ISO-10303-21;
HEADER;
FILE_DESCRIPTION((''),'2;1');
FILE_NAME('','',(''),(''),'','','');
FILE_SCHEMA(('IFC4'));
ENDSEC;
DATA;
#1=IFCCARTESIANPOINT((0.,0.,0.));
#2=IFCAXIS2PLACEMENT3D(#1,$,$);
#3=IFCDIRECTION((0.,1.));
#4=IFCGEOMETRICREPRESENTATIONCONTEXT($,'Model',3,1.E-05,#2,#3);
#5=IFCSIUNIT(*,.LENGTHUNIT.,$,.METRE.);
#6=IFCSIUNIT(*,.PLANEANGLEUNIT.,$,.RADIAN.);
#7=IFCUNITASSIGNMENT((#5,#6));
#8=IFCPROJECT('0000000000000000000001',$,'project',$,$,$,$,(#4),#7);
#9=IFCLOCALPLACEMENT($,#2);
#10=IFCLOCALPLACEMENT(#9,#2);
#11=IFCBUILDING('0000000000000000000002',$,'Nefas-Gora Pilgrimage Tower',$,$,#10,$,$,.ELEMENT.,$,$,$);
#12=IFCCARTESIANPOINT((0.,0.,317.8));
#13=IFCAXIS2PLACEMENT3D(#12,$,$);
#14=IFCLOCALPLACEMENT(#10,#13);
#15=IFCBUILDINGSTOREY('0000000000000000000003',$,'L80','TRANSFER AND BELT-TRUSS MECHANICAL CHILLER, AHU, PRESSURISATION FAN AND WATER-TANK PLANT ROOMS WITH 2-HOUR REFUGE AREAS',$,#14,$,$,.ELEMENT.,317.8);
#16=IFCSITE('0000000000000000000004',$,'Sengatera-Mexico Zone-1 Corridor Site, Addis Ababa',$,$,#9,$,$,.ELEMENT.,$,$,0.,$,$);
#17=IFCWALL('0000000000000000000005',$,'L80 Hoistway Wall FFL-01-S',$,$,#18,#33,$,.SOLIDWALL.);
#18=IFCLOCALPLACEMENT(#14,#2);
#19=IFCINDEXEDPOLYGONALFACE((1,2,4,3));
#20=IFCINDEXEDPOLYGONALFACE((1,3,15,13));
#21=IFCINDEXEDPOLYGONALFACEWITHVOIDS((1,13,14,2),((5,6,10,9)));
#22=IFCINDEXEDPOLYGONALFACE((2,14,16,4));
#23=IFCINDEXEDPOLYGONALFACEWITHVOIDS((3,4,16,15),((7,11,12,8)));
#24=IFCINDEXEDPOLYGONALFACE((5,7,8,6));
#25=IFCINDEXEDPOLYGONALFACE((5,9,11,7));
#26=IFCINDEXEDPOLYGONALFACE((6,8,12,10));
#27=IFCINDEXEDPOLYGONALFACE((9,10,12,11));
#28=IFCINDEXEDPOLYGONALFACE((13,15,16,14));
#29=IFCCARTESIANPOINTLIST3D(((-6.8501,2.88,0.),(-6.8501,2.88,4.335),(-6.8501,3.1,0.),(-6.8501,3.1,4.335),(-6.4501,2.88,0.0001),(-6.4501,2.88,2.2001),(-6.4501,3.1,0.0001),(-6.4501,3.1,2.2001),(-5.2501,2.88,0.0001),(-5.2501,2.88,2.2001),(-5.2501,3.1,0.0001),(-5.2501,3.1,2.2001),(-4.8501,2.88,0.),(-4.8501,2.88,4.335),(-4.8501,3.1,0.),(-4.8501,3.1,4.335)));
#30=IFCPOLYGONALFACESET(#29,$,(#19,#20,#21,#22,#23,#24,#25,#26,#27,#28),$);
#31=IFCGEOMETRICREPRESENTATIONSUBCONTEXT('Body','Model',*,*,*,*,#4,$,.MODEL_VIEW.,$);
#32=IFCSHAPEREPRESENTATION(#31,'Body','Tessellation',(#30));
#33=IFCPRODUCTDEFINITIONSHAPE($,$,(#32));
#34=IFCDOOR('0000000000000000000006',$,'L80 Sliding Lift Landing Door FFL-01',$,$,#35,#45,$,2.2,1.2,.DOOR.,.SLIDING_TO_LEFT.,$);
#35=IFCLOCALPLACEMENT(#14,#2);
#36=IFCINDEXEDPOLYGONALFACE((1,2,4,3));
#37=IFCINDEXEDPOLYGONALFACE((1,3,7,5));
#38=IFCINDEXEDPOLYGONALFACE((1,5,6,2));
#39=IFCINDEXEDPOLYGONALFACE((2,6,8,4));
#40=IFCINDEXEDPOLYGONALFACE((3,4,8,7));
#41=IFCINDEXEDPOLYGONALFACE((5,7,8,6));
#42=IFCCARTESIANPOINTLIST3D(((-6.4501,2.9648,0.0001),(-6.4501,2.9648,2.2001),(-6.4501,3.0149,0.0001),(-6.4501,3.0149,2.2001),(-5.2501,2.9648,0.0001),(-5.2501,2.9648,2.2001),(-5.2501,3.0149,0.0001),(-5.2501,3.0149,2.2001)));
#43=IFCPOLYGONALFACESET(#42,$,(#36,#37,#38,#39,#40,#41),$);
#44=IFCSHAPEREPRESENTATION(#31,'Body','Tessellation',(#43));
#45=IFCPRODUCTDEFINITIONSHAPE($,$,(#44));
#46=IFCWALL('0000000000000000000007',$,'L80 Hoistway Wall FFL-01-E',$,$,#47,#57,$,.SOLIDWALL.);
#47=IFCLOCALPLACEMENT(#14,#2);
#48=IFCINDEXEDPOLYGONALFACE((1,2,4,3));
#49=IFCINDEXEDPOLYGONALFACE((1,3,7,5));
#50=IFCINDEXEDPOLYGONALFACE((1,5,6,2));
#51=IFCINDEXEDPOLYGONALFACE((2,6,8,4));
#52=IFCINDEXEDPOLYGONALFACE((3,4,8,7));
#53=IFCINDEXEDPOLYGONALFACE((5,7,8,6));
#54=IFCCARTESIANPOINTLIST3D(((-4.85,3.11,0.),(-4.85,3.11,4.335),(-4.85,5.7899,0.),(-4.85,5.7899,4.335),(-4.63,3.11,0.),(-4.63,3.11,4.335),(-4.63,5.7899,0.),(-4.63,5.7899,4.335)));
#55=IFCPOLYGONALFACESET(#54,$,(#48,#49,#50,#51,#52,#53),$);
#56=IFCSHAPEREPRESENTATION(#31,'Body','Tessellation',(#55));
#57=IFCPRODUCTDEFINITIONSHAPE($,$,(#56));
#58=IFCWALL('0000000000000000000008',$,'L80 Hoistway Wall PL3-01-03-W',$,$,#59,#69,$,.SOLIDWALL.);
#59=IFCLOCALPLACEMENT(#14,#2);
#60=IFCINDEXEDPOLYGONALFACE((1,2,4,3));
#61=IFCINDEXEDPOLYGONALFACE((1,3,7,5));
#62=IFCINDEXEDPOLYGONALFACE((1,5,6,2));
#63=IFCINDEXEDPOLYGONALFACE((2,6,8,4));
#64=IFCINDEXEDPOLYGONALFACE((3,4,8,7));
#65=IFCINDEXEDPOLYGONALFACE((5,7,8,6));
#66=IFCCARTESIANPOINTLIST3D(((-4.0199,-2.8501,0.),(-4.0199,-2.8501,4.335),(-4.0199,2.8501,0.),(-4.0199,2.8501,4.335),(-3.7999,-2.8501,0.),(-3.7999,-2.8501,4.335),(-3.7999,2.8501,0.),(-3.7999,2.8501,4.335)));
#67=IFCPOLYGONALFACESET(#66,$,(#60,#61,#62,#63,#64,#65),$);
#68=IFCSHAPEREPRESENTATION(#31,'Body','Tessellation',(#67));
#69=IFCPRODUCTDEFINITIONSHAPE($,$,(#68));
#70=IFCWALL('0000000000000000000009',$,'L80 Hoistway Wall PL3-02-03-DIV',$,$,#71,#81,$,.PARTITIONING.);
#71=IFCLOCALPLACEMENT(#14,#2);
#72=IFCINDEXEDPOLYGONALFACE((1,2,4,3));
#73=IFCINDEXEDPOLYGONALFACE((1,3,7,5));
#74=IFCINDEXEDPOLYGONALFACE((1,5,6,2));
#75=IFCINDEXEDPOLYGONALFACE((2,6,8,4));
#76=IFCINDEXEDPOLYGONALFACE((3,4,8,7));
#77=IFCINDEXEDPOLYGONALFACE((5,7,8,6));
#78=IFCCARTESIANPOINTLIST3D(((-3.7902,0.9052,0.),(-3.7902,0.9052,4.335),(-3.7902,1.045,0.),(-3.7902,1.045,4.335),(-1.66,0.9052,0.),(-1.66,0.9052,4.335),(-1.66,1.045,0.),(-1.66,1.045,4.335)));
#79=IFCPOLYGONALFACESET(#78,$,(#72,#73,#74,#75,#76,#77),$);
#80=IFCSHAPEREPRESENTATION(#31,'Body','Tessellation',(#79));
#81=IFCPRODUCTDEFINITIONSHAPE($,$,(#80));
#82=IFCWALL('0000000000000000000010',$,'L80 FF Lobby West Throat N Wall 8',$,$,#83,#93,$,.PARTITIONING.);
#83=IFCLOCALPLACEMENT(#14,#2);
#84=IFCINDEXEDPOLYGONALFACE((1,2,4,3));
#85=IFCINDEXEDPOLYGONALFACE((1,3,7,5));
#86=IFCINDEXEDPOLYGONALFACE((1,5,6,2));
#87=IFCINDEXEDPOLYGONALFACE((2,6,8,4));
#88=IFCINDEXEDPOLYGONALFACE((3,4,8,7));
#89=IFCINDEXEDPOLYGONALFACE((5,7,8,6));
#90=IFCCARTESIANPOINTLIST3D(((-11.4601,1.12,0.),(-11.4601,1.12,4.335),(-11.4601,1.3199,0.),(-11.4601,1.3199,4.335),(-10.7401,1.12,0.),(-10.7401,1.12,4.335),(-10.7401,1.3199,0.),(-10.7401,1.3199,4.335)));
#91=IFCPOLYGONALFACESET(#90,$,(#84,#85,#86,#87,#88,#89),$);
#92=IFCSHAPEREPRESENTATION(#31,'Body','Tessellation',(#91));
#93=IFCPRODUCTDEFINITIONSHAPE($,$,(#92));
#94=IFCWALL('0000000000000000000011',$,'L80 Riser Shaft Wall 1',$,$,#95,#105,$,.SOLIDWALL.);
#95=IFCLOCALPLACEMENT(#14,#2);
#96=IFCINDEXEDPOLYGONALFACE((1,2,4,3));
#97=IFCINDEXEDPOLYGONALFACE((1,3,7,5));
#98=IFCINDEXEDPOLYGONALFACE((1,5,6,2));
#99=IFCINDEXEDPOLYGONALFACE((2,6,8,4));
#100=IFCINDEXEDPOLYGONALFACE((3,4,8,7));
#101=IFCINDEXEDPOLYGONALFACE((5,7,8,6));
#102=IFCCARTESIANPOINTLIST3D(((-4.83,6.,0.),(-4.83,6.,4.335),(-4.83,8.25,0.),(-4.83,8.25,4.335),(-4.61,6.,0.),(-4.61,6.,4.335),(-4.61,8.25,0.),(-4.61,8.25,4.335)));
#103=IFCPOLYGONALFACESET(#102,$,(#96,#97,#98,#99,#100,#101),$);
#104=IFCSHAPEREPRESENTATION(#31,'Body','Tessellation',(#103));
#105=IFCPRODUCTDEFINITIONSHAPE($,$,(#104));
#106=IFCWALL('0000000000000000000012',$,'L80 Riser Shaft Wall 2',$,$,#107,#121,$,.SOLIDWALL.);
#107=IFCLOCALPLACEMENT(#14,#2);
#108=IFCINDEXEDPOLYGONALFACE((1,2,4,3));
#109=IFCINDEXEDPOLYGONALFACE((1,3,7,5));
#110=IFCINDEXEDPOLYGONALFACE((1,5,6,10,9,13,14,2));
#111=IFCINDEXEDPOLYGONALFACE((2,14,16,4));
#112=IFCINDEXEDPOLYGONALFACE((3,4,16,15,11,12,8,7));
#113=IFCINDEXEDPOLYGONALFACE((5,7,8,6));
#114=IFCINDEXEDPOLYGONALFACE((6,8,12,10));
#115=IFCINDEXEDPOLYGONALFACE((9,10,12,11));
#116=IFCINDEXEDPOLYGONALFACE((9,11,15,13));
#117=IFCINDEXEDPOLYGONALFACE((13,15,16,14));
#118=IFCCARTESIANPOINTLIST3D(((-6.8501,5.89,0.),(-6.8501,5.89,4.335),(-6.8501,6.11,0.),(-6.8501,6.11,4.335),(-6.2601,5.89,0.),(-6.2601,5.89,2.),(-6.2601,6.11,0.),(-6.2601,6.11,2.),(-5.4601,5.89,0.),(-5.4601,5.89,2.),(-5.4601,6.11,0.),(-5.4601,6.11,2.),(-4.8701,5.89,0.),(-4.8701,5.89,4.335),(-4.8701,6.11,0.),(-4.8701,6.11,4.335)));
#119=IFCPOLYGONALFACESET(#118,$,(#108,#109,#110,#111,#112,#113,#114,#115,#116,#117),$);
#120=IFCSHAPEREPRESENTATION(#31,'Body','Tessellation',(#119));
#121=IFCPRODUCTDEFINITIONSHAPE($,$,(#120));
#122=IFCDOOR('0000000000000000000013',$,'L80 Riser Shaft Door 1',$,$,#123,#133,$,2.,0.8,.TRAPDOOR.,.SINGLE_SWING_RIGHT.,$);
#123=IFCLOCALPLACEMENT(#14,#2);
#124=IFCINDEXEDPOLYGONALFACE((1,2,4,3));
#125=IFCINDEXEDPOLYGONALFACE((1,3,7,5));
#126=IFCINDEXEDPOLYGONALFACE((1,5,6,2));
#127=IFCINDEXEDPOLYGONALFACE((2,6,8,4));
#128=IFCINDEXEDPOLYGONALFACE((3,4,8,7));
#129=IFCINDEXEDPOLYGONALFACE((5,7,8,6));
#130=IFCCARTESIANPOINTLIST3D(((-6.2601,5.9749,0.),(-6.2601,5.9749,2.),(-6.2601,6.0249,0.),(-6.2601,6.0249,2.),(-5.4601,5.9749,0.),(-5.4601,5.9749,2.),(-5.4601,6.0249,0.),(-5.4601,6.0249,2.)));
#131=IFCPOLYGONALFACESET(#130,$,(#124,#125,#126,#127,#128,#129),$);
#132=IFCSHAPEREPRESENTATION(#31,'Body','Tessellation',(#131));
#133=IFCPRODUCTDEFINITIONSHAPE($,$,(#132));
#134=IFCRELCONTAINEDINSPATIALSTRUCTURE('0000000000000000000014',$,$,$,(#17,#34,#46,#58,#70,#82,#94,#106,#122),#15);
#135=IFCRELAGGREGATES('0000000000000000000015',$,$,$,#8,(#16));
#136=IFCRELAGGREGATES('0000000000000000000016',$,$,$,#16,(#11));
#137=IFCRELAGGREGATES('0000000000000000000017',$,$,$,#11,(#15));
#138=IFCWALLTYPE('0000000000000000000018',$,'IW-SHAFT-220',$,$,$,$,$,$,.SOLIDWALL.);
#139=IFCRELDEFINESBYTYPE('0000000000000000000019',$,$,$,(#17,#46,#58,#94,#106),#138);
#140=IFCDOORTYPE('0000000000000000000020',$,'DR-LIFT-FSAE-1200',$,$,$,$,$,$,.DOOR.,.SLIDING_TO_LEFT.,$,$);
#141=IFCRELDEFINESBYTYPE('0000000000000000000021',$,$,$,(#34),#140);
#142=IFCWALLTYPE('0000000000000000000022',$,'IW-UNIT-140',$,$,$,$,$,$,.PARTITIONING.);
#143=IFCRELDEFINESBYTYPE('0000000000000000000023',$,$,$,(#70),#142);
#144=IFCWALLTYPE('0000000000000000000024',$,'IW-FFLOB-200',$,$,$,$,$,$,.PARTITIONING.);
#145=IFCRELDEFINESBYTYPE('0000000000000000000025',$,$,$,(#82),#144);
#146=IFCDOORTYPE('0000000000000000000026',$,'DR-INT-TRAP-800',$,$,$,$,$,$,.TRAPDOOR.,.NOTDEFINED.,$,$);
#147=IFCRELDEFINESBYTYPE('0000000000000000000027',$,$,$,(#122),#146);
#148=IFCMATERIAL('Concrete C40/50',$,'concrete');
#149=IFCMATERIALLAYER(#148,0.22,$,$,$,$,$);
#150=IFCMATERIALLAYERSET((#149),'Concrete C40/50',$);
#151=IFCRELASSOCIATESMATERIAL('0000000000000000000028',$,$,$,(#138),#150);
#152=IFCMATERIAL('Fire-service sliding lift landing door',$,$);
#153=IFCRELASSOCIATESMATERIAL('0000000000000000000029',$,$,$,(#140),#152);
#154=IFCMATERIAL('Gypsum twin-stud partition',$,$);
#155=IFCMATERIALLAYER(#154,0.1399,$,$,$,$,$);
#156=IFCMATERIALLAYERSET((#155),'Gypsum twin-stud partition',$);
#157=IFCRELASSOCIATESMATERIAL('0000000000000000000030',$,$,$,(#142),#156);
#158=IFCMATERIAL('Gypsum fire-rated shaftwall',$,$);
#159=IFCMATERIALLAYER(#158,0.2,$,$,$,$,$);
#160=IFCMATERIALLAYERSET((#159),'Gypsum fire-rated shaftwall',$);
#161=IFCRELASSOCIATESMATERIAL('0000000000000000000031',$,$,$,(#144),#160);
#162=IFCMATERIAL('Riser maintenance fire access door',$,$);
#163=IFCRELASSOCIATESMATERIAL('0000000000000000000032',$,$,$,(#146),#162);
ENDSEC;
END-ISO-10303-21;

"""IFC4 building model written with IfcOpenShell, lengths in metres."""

from ifc_helpers import new_model, si_unit, direction, frame, frame_2d, origin, place, context, subcontext, project, spatial, rectangle, extrude, source, transform, mapped, material, layer, layer_set, type_object, element, fill, save


model = new_model("IFC4")

# Units and contexts
model_context = context("Model", 3, precision=1e-05, world=origin(), true_north=direction((0.0, 1.0)))
body_context = subcontext(model_context, "Body", "Model", "MODEL_VIEW")
ifc_project = project(units=[si_unit("LENGTHUNIT", "METRE"), si_unit("PLANEANGLEUNIT", "RADIAN")], contexts=[model_context])

# Site, building, storey
site_placement = place(None, origin())
site = spatial("IfcSite", under=ifc_project, at=site_placement, Name="Sengatera-Mexico Zone-1 Corridor Site, Addis Ababa", CompositionType="ELEMENT", RefElevation=0.0)
building_placement = place(site_placement, origin())
building = spatial("IfcBuilding", under=site, at=building_placement, Name="Nefas-Gora Pilgrimage Tower", CompositionType="ELEMENT")
storey_placement = place(building_placement, frame((0.0, 0.0, 317.8)))
storey = spatial("IfcBuildingStorey", under=building, at=storey_placement, Name="L80", Description="TRANSFER AND BELT-TRUSS MECHANICAL CHILLER, AHU, PRESSURISATION FAN AND WATER-TANK PLANT ROOMS WITH 2-HOUR REFUGE AREAS", CompositionType="ELEMENT", Elevation=317.8)

# Wall, opening, door
ifc_material_1 = material(Name="Concrete C40/50", Category="concrete")
ifc_layer_1 = layer(ifc_material_1, 0.22)
ifc_layer_set_1 = layer_set([ifc_layer_1], Name="Concrete C40/50")
wall_type_1 = type_object("IfcWallType", Name="IW-SHAFT-220", PredefinedType="SOLIDWALL", material=ifc_layer_set_1)
shared_shape_1 = source(origin(), body_context, "Body", "SweptSolid", [
    extrude(rectangle(XDim=2.0, YDim=0.22, at=frame_2d((1.0, 0.0))), origin(), (0.0, 0.0, 1.0), 4.335),
])
wall_1_placement = place(storey_placement, frame((-6.8501, 2.99, 0.0), z_axis=(0.0, 0.0, 1.0), x_axis=(1.0, 0.0, 0.0)))
wall_1 = element("IfcWall", 1, at=wall_1_placement, inside=storey, type_object=wall_type_1, Name="L80 Hoistway Wall FFL-01-S", PredefinedType="SOLIDWALL", context=body_context, shape_type="MappedRepresentation", body=[
    mapped(shared_shape_1, transform((0.0, 0.0, 0.0), x_axis=(1.0, 0.0, 0.0), y_axis=(0.0, 1.0, 0.0), z_axis=(0.0, 0.0, 1.0), scale=1.0)),
])
opening_1_placement = place(wall_1_placement, frame((0.3999, 0.0, 0.0)))
opening_1 = element("IfcOpeningElement", 2, at=opening_1_placement, cuts=wall_1, PredefinedType="OPENING", context=body_context, shape_type="SweptSolid", body=[
    extrude(rectangle(XDim=1.2, YDim=2.2, at=frame_2d((0.6001, 1.1001))), frame((0.0, 0.1199, 0.0), z_axis=(0.0, -1.0, 0.0), x_axis=(1.0, 0.0, 0.0)), (0.0, 0.0, 1.0), 0.24),
])
ifc_material_2 = material(Name="Fire-service sliding lift landing door")
door_type_1 = type_object("IfcDoorType", Name="DR-LIFT-FSAE-1200", OperationType="SLIDING_TO_LEFT", PredefinedType="DOOR", material=ifc_material_2)
shared_shape_2 = source(origin(), body_context, "Body", "SweptSolid", [
    extrude(rectangle(XDim=1.2, YDim=2.2, at=frame_2d((0.6001, 1.1001))), frame((0.0, 0.0249, 0.0), z_axis=(0.0, -1.0, 0.0), x_axis=(1.0, 0.0, 0.0)), (0.0, 0.0, 1.0), 0.05),
])
door_1_placement = place(opening_1_placement, origin())
door_1 = element("IfcDoor", 3, at=door_1_placement, inside=storey, type_object=door_type_1, Name="L80 Sliding Lift Landing Door FFL-01", OperationType="SLIDING_TO_LEFT", OverallHeight=2.2, OverallWidth=1.2, PredefinedType="DOOR", context=body_context, shape_type="MappedRepresentation", body=[
    mapped(shared_shape_2, transform((0.0, 0.0, 0.0), x_axis=(1.0, 0.0, 0.0), y_axis=(0.0, 1.0, 0.0), z_axis=(0.0, 0.0, 1.0), scale=1.0)),
])
fill(opening_1, door_1)

# Walls
shared_shape_3 = source(origin(), body_context, "Body", "SweptSolid", [
    extrude(rectangle(XDim=2.6799, YDim=0.22, at=frame_2d((1.3398, 0.0))), origin(), (0.0, 0.0, 1.0), 4.335),
])
wall_2_placement = place(storey_placement, frame((-4.74, 3.1101, 0.0), z_axis=(0.0, 0.0, 1.0), x_axis=(0.0, 1.0, 0.0)))
element("IfcWall", 4, at=wall_2_placement, inside=storey, type_object=wall_type_1, Name="L80 Hoistway Wall FFL-01-E", PredefinedType="SOLIDWALL", context=body_context, shape_type="MappedRepresentation", body=[
    mapped(shared_shape_3, transform((0.0, 0.0, 0.0), x_axis=(1.0, 0.0, 0.0), y_axis=(0.0, 1.0, 0.0), z_axis=(0.0, 0.0, 1.0), scale=1.0)),
])
shared_shape_4 = source(origin(), body_context, "Body", "SweptSolid", [
    extrude(rectangle(XDim=5.7002, YDim=0.22, at=frame_2d((2.8501, 0.0))), origin(), (0.0, 0.0, 1.0), 4.335),
])
wall_3_placement = place(storey_placement, frame((-3.9099, 2.8501, 0.0), z_axis=(0.0, 0.0, 1.0), x_axis=(0.0, -1.0, 0.0)))
element("IfcWall", 5, at=wall_3_placement, inside=storey, type_object=wall_type_1, Name="L80 Hoistway Wall PL3-01-03-W", PredefinedType="SOLIDWALL", context=body_context, shape_type="MappedRepresentation", body=[
    mapped(shared_shape_4, transform((0.0, 0.0, 0.0), x_axis=(1.0, 0.0, 0.0), y_axis=(0.0, 1.0, 0.0), z_axis=(0.0, 0.0, 1.0), scale=1.0)),
])
ifc_material_3 = material(Name="Gypsum twin-stud partition")
ifc_layer_2 = layer(ifc_material_3, 0.1399)
ifc_layer_set_2 = layer_set([ifc_layer_2], Name="Gypsum twin-stud partition")
wall_type_2 = type_object("IfcWallType", Name="IW-UNIT-140", PredefinedType="PARTITIONING", material=ifc_layer_set_2)
shared_shape_5 = source(origin(), body_context, "Body", "SweptSolid", [
    extrude(rectangle(XDim=2.1301, YDim=0.1399, at=frame_2d((1.0649, 0.0))), origin(), (0.0, 0.0, 1.0), 4.335),
])
wall_4_placement = place(storey_placement, frame((-3.79, 0.9751, 0.0), z_axis=(0.0, 0.0, 1.0), x_axis=(1.0, 0.0, 0.0)))
element("IfcWall", 6, at=wall_4_placement, inside=storey, type_object=wall_type_2, Name="L80 Hoistway Wall PL3-02-03-DIV", PredefinedType="PARTITIONING", context=body_context, shape_type="MappedRepresentation", body=[
    mapped(shared_shape_5, transform((0.0, 0.0, 0.0), x_axis=(1.0, 0.0, 0.0), y_axis=(0.0, 1.0, 0.0), z_axis=(0.0, 0.0, 1.0), scale=1.0)),
])
ifc_material_4 = material(Name="Gypsum fire-rated shaftwall")
ifc_layer_3 = layer(ifc_material_4, 0.2)
ifc_layer_set_3 = layer_set([ifc_layer_3], Name="Gypsum fire-rated shaftwall")
wall_type_3 = type_object("IfcWallType", Name="IW-FFLOB-200", PredefinedType="PARTITIONING", material=ifc_layer_set_3)
shared_shape_6 = source(origin(), body_context, "Body", "SweptSolid", [
    extrude(rectangle(XDim=0.72, YDim=0.2, at=frame_2d((0.3599, 0.0))), origin(), (0.0, 0.0, 1.0), 4.335),
])
wall_5_placement = place(storey_placement, frame((-11.46, 1.22, 0.0), z_axis=(0.0, 0.0, 1.0), x_axis=(1.0, 0.0, 0.0)))
element("IfcWall", 7, at=wall_5_placement, inside=storey, type_object=wall_type_3, Name="L80 FF Lobby West Throat N Wall 8", PredefinedType="PARTITIONING", context=body_context, shape_type="MappedRepresentation", body=[
    mapped(shared_shape_6, transform((0.0, 0.0, 0.0), x_axis=(1.0, 0.0, 0.0), y_axis=(0.0, 1.0, 0.0), z_axis=(0.0, 0.0, 1.0), scale=1.0)),
])
shared_shape_7 = source(origin(), body_context, "Body", "SweptSolid", [
    extrude(rectangle(XDim=2.25, YDim=0.22, at=frame_2d((1.125, 0.0))), origin(), (0.0, 0.0, 1.0), 4.335),
])
wall_6_placement = place(storey_placement, frame((-4.72, 6.0, 0.0), z_axis=(0.0, 0.0, 1.0), x_axis=(0.0, 1.0, 0.0)))
element("IfcWall", 8, at=wall_6_placement, inside=storey, type_object=wall_type_1, Name="L80 Riser Shaft Wall 1", PredefinedType="SOLIDWALL", context=body_context, shape_type="MappedRepresentation", body=[
    mapped(shared_shape_7, transform((0.0, 0.0, 0.0), x_axis=(1.0, 0.0, 0.0), y_axis=(0.0, 1.0, 0.0), z_axis=(0.0, 0.0, 1.0), scale=1.0)),
])

# Wall, opening, door
shared_shape_8 = source(origin(), body_context, "Body", "SweptSolid", [
    extrude(rectangle(XDim=1.98, YDim=0.22, at=frame_2d((0.99, 0.0))), origin(), (0.0, 0.0, 1.0), 4.335),
])
wall_7_placement = place(storey_placement, frame((-6.8501, 6.0, 0.0), z_axis=(0.0, 0.0, 1.0), x_axis=(1.0, 0.0, 0.0)))
wall_7 = element("IfcWall", 9, at=wall_7_placement, inside=storey, type_object=wall_type_1, Name="L80 Riser Shaft Wall 2", PredefinedType="SOLIDWALL", context=body_context, shape_type="MappedRepresentation", body=[
    mapped(shared_shape_8, transform((0.0, 0.0, 0.0), x_axis=(1.0, 0.0, 0.0), y_axis=(0.0, 1.0, 0.0), z_axis=(0.0, 0.0, 1.0), scale=1.0)),
])
opening_2_placement = place(wall_7_placement, frame((0.5901, 0.0, 0.0)))
opening_2 = element("IfcOpeningElement", 10, at=opening_2_placement, cuts=wall_7, PredefinedType="OPENING", context=body_context, shape_type="SweptSolid", body=[
    extrude(rectangle(XDim=0.8, YDim=2.0, at=frame_2d((0.3999, 1.0))), frame((0.0, 0.1199, 0.0), z_axis=(0.0, -1.0, 0.0), x_axis=(1.0, 0.0, 0.0)), (0.0, 0.0, 1.0), 0.24),
])
ifc_material_5 = material(Name="Riser maintenance fire access door")
door_type_2 = type_object("IfcDoorType", Name="DR-INT-TRAP-800", OperationType="NOTDEFINED", PredefinedType="TRAPDOOR", material=ifc_material_5)
shared_shape_9 = source(origin(), body_context, "Body", "SweptSolid", [
    extrude(rectangle(XDim=0.8, YDim=2.0, at=frame_2d((0.3999, 1.0))), frame((0.0, 0.0249, 0.0), z_axis=(0.0, -1.0, 0.0), x_axis=(1.0, 0.0, 0.0)), (0.0, 0.0, 1.0), 0.05),
])
door_2_placement = place(opening_2_placement, origin())
door_2 = element("IfcDoor", 11, at=door_2_placement, inside=storey, type_object=door_type_2, Name="L80 Riser Shaft Door 1", OperationType="SINGLE_SWING_RIGHT", OverallHeight=2.0, OverallWidth=0.8, PredefinedType="TRAPDOOR", context=body_context, shape_type="MappedRepresentation", body=[
    mapped(shared_shape_9, transform((0.0, 0.0, 0.0), x_axis=(1.0, 0.0, 0.0), y_axis=(0.0, 1.0, 0.0), z_axis=(0.0, 0.0, 1.0), scale=1.0)),
])
fill(opening_2, door_2)

save(model, "model.ifc")
